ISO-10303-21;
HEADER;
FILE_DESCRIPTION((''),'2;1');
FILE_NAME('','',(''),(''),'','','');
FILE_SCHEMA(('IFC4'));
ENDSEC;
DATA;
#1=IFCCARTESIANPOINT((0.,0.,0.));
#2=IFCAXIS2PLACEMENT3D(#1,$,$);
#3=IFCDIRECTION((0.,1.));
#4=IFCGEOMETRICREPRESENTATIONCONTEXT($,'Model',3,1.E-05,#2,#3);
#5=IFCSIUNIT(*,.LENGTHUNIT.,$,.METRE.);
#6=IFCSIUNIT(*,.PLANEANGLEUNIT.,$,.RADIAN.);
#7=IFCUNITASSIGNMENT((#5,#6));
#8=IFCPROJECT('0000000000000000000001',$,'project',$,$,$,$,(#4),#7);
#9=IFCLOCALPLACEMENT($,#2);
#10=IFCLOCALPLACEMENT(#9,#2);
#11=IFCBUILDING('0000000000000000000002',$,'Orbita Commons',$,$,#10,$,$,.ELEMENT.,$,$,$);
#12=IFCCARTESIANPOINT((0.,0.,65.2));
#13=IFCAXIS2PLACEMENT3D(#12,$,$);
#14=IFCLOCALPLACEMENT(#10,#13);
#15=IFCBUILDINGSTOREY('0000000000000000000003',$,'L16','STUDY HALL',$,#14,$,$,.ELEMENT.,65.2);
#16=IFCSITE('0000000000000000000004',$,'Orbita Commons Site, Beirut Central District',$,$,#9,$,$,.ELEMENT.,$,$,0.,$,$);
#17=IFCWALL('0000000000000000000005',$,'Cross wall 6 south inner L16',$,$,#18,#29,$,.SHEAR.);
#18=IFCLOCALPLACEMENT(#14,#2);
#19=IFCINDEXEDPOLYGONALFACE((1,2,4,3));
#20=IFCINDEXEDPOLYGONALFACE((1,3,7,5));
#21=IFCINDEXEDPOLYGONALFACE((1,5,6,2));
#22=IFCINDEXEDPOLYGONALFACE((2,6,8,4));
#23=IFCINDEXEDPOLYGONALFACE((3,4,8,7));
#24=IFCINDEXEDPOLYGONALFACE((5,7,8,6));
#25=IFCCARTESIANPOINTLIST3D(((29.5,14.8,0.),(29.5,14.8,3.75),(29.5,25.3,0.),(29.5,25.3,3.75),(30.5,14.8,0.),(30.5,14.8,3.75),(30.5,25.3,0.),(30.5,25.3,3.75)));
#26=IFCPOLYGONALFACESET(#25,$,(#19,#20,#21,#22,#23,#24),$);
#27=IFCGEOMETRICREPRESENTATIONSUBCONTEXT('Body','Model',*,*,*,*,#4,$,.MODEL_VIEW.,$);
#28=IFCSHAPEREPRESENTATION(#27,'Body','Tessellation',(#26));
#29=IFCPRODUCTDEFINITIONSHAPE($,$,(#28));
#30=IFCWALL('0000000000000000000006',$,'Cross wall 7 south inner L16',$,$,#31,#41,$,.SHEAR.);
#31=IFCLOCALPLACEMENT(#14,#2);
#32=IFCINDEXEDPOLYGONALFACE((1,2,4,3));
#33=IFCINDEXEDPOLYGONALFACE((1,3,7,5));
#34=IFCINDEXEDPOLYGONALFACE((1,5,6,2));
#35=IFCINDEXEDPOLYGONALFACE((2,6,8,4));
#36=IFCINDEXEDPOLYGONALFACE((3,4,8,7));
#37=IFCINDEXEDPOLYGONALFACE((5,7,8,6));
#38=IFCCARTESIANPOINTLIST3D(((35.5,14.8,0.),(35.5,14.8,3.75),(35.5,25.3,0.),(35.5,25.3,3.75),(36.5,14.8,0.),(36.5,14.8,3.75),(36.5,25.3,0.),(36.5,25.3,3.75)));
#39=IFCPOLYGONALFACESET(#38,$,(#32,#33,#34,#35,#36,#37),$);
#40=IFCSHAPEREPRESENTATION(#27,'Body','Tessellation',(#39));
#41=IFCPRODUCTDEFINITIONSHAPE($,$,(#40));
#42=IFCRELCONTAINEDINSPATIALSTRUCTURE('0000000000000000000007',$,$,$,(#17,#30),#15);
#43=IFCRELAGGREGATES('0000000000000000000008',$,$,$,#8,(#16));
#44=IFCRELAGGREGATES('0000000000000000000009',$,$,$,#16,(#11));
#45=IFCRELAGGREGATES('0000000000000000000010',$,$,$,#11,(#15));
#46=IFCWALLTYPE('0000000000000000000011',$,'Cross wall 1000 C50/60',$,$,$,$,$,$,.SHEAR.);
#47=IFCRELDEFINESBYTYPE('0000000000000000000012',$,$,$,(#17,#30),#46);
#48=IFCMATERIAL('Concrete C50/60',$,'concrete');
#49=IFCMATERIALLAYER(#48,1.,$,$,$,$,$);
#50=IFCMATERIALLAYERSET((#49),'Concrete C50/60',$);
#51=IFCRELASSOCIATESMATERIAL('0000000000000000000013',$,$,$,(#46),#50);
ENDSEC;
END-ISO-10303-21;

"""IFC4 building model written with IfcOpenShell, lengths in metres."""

from ifc_helpers import new_model, si_unit, direction, frame, frame_2d, origin, place, context, subcontext, project, spatial, rectangle, extrude, material, layer, layer_set, type_object, element, save


model = new_model("IFC4")

# Units and contexts
model_context = context("Model", 3, precision=1e-05, world=origin(), true_north=direction((0.0, 1.0)))
body_context = subcontext(model_context, "Body", "Model", "MODEL_VIEW")
ifc_project = project(units=[si_unit("LENGTHUNIT", "METRE"), si_unit("PLANEANGLEUNIT", "RADIAN")], contexts=[model_context])

# Site, building, storey
site_placement = place(None, origin())
site = spatial("IfcSite", under=ifc_project, at=site_placement, Name="Orbita Commons Site, Beirut Central District", CompositionType="ELEMENT", RefElevation=0.0)
building_placement = place(site_placement, origin())
building = spatial("IfcBuilding", under=site, at=building_placement, Name="Orbita Commons", CompositionType="ELEMENT")
storey_placement = place(building_placement, frame((0.0, 0.0, 65.2)))
storey = spatial("IfcBuildingStorey", under=building, at=storey_placement, Name="L16", Description="STUDY HALL", CompositionType="ELEMENT", Elevation=65.2)

# Walls
ifc_material_1 = material(Name="Concrete C50/60", Category="concrete")
ifc_layer_1 = layer(ifc_material_1, 1.0)
ifc_layer_set_1 = layer_set([ifc_layer_1], Name="Concrete C50/60")
wall_type_1 = type_object("IfcWallType", Name="Cross wall 1000 C50/60", PredefinedType="SHEAR", material=ifc_layer_set_1)
for number, where, z_axis, x_axis, name in (
    (1, (30.0, 14.8, 0.0), (0.0, 0.0, 1.0), (0.0, 1.0, 0.0), "Cross wall 6 south inner L16"),
    (2, (36.0, 14.8, 0.0), (0.0, 0.0, 1.0), (0.0, 1.0, 0.0), "Cross wall 7 south inner L16"),
):
    element("IfcWall", number, at=place(storey_placement, frame(where, z_axis=z_axis, x_axis=x_axis)), inside=storey, type_object=wall_type_1, Name=name, PredefinedType="SHEAR", context=body_context, shape_type="SweptSolid", body=[
        extrude(rectangle(XDim=10.5, YDim=1.0, at=frame_2d((5.25, 0.0))), origin(), (0.0, 0.0, 1.0), 3.75),
    ])

save(model, "model.ifc")
